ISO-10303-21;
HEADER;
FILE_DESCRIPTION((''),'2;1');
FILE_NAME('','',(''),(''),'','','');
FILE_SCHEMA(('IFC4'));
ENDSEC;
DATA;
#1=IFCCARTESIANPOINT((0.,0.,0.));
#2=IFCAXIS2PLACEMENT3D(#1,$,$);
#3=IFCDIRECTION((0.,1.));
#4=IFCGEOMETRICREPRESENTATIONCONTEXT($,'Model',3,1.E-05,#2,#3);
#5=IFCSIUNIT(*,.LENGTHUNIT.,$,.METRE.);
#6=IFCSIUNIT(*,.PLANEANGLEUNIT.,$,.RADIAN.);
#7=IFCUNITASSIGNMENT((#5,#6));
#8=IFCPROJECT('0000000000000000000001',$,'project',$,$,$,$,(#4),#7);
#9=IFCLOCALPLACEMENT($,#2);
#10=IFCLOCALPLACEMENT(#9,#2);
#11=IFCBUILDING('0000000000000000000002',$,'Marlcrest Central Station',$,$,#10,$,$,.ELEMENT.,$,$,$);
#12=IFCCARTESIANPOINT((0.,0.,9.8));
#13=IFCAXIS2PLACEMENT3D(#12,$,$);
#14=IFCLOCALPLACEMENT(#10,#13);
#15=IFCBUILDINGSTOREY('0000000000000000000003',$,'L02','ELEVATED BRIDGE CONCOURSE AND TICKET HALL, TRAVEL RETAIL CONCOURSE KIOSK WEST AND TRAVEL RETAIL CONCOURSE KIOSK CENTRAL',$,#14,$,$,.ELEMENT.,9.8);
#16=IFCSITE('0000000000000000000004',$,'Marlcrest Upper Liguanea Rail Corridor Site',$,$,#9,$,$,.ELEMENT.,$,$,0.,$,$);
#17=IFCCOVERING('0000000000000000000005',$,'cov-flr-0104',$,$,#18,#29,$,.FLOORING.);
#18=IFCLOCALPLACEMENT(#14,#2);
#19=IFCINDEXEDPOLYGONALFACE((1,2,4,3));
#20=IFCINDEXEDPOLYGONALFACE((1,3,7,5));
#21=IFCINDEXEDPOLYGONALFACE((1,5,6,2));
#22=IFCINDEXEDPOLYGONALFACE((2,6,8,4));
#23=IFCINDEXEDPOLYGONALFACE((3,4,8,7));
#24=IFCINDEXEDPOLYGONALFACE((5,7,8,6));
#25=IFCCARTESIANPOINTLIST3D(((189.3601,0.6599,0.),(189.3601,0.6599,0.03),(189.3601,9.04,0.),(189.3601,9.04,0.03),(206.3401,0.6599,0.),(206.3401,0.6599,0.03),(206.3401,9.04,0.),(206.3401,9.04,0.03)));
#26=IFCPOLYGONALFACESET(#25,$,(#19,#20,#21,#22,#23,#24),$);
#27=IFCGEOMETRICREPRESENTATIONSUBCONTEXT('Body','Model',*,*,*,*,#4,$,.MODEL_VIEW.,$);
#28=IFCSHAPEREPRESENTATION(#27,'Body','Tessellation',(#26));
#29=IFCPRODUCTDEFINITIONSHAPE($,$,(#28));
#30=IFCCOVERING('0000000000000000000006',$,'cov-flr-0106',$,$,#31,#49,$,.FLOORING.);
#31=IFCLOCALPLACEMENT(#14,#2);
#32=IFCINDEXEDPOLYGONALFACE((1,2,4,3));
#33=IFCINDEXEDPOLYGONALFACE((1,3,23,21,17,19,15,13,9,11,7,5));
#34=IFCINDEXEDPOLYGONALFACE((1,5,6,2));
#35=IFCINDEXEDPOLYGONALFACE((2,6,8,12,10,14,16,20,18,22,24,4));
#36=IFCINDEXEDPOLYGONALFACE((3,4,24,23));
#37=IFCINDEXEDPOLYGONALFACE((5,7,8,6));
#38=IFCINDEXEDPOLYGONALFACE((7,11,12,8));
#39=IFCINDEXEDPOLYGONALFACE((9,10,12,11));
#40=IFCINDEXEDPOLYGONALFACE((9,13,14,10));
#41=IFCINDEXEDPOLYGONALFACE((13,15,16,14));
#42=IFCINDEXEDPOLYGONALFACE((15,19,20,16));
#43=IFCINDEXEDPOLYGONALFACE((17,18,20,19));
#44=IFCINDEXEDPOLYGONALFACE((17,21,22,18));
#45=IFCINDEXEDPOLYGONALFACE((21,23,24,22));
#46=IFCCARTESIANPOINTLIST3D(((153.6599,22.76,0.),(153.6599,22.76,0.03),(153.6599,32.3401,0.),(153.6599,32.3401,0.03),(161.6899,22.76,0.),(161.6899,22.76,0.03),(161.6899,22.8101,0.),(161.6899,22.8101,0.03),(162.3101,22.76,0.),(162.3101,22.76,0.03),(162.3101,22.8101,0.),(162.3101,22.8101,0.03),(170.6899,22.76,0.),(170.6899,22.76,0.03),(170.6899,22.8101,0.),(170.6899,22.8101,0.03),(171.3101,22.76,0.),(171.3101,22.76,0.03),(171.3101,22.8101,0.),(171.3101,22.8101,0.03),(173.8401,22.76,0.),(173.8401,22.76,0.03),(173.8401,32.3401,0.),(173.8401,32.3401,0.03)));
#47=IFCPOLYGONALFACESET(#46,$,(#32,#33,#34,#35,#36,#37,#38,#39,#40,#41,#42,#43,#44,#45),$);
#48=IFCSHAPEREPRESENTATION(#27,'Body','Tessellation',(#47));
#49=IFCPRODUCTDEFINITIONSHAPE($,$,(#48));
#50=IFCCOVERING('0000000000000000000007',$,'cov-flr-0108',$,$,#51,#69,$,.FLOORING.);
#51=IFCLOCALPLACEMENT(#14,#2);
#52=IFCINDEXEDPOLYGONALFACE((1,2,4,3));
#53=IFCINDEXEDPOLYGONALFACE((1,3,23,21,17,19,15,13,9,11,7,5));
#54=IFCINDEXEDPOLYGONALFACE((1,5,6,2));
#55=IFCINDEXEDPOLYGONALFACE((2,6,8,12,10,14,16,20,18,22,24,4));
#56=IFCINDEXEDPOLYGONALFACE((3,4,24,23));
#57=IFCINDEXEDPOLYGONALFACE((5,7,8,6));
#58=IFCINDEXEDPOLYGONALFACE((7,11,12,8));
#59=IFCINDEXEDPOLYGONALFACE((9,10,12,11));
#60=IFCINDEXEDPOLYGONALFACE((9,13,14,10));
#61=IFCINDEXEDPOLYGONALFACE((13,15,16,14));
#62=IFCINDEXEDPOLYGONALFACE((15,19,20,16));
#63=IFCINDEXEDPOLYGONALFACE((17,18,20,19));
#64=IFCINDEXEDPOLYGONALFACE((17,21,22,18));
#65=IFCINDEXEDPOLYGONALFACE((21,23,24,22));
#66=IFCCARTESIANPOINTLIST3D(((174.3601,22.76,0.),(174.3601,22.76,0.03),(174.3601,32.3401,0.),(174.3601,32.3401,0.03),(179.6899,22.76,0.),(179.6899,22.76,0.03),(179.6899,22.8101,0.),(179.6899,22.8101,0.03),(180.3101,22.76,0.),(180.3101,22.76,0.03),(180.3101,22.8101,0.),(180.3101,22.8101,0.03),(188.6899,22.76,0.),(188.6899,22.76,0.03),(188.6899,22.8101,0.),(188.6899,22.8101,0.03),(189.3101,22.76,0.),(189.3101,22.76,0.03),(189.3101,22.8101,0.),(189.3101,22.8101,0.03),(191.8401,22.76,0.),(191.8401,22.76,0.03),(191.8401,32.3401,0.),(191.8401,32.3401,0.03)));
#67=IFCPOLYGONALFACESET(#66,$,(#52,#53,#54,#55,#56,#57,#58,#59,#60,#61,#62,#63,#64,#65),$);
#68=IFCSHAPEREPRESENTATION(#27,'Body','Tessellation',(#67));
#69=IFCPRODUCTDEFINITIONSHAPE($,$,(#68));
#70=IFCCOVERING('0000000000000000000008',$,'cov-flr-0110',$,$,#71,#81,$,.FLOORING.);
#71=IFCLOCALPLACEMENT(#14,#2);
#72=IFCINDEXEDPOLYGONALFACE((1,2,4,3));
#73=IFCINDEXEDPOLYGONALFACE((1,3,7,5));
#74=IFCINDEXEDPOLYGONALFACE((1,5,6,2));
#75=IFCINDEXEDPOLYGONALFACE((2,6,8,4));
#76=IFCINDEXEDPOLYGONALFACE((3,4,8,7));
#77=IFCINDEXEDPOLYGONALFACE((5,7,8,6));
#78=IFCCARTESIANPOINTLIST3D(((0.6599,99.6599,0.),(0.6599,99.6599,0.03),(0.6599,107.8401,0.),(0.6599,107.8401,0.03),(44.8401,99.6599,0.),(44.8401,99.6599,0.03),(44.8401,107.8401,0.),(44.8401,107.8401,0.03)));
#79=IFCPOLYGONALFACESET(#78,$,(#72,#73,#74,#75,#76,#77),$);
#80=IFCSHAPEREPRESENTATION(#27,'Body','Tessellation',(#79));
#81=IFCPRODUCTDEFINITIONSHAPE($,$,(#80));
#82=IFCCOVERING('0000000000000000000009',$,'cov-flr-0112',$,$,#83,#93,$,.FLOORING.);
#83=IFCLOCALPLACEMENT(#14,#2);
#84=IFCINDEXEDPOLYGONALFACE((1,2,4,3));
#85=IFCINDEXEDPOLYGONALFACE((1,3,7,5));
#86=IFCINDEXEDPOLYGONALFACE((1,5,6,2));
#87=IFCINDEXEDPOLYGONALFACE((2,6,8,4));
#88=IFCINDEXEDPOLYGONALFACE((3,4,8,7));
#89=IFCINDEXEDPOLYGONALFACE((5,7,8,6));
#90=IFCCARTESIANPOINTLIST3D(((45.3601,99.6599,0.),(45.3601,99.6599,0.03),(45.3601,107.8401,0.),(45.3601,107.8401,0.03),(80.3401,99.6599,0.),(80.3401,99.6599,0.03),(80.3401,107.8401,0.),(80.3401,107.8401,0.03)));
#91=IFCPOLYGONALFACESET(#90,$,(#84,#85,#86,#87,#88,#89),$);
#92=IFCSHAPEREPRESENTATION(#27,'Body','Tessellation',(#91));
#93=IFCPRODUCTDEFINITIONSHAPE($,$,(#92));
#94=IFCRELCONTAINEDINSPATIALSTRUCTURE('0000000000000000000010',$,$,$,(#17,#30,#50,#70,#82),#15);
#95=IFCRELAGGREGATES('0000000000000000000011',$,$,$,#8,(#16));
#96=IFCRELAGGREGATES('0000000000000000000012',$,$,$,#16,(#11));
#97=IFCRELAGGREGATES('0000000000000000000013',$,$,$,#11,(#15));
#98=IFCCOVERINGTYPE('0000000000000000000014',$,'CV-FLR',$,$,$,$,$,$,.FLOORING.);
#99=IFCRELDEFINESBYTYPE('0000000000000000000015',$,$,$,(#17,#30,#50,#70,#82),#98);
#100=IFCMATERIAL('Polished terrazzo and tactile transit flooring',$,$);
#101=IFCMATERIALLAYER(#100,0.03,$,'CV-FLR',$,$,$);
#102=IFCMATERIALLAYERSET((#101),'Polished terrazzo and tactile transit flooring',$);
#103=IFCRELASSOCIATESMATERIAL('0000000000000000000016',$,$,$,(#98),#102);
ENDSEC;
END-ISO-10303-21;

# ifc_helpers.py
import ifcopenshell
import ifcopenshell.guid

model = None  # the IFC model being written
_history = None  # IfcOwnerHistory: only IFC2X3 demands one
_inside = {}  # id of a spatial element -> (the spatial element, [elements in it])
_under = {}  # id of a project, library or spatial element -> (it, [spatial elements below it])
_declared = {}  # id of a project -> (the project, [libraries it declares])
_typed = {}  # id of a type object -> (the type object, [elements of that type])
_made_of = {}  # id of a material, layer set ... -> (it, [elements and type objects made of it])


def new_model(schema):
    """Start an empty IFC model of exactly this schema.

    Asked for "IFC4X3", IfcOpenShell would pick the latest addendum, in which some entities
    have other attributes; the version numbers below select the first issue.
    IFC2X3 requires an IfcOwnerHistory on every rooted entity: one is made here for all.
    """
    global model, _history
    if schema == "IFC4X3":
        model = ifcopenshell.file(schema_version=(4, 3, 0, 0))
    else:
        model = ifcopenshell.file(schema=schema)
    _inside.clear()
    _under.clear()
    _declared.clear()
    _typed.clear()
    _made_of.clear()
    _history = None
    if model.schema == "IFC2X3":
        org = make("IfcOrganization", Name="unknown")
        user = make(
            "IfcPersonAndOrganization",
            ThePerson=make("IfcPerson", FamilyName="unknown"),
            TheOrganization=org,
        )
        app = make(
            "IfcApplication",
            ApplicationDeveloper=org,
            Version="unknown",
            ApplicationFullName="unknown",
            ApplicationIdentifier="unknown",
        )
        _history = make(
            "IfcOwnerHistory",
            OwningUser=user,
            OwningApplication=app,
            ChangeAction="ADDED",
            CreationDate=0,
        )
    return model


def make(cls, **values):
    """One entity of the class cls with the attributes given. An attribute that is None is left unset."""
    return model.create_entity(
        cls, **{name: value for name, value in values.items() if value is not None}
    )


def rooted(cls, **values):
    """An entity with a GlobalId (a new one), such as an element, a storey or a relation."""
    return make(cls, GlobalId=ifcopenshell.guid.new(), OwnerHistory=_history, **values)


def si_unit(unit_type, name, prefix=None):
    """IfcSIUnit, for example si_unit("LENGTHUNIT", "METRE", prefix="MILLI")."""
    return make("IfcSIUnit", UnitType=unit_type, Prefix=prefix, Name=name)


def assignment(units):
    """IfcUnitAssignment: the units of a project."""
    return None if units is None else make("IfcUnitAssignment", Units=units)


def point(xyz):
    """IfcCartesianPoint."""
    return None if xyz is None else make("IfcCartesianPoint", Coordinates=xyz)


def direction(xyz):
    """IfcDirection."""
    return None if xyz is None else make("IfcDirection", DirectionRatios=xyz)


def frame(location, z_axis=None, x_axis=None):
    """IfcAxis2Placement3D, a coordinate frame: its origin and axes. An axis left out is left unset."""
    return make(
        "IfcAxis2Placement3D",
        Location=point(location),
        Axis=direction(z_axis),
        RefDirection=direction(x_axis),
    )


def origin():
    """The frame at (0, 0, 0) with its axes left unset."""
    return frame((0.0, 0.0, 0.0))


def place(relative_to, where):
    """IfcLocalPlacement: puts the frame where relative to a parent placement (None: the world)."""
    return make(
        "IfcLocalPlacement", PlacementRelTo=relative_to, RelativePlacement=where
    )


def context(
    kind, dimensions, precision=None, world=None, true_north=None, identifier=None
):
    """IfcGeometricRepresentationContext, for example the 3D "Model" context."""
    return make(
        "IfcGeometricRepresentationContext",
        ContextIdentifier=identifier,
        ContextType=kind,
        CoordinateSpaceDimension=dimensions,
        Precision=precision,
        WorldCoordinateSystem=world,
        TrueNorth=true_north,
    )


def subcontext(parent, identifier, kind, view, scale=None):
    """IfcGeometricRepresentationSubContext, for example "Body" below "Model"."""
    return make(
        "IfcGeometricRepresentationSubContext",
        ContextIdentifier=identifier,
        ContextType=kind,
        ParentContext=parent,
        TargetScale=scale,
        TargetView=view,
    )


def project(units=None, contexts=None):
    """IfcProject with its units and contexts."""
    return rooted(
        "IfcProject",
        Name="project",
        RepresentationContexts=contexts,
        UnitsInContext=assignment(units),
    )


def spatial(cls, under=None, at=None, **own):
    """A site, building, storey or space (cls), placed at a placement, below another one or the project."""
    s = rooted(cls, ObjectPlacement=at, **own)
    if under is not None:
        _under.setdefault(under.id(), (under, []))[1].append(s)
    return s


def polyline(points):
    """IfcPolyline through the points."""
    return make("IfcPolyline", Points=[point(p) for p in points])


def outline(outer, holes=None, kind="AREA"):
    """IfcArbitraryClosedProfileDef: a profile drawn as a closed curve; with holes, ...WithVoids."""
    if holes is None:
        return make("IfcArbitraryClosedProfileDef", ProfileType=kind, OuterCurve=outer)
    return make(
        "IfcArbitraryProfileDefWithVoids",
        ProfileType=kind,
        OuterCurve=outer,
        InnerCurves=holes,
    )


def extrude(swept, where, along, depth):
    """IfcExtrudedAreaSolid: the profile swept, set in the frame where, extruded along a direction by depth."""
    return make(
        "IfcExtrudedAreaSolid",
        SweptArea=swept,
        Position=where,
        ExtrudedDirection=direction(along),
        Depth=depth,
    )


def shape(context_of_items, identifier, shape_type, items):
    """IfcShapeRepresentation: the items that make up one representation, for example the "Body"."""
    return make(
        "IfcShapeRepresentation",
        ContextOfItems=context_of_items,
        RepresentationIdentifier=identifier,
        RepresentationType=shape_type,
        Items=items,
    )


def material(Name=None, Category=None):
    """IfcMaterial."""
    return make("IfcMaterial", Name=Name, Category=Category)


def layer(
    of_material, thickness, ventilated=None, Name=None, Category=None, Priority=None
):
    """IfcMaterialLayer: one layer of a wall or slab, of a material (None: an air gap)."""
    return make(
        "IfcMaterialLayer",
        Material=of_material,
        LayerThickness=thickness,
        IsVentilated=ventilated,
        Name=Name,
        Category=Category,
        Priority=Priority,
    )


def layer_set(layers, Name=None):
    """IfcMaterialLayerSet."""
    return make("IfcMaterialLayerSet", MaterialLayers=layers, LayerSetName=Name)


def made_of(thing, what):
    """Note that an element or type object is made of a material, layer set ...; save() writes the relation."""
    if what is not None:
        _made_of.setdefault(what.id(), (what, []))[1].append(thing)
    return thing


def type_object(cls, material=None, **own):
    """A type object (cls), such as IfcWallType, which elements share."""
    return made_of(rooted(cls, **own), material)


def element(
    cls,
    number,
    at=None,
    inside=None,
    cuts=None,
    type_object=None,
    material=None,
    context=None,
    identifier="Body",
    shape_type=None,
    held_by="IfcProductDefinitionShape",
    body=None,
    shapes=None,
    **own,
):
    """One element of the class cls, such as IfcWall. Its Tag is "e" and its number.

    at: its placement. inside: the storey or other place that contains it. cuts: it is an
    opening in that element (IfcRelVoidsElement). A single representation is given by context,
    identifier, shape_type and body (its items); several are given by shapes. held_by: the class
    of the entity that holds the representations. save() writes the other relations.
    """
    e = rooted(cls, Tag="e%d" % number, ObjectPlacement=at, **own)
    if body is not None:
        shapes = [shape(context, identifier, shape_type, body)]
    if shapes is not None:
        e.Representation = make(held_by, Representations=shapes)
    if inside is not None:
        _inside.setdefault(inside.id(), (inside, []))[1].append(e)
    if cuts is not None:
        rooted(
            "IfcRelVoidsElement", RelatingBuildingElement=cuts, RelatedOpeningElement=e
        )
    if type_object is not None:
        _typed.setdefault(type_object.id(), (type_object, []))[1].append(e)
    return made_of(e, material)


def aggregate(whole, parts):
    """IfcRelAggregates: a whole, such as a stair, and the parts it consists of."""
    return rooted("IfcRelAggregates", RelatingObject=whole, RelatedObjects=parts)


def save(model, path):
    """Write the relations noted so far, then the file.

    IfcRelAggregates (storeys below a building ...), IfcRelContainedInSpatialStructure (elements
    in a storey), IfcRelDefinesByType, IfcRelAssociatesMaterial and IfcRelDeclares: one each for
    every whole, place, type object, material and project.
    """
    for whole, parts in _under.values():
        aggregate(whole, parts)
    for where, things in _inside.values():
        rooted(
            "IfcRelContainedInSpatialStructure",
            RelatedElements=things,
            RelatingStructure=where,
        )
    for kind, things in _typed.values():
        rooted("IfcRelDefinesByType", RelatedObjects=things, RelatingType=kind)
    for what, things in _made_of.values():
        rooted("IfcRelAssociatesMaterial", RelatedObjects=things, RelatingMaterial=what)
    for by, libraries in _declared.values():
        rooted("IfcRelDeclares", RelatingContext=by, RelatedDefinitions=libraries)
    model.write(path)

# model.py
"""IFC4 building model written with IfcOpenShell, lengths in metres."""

from ifc_helpers import new_model, si_unit, direction, frame, origin, place, context, subcontext, project, spatial, polyline, outline, extrude, material, layer, layer_set, type_object, element, save


model = new_model("IFC4")

# Units and contexts
model_context = context("Model", 3, precision=1e-05, world=origin(), true_north=direction((0.0, 1.0)))
body_context = subcontext(model_context, "Body", "Model", "MODEL_VIEW")
ifc_project = project(units=[si_unit("LENGTHUNIT", "METRE"), si_unit("PLANEANGLEUNIT", "RADIAN")], contexts=[model_context])

# Site, building, storey
site_placement = place(None, origin())
site = spatial("IfcSite", under=ifc_project, at=site_placement, Name="Marlcrest Upper Liguanea Rail Corridor Site", CompositionType="ELEMENT", RefElevation=0.0)
building_placement = place(site_placement, origin())
building = spatial("IfcBuilding", under=site, at=building_placement, Name="Marlcrest Central Station", CompositionType="ELEMENT")
storey_placement = place(building_placement, frame((0.0, 0.0, 9.8)))
storey = spatial("IfcBuildingStorey", under=building, at=storey_placement, Name="L02", Description="ELEVATED BRIDGE CONCOURSE AND TICKET HALL, TRAVEL RETAIL CONCOURSE KIOSK WEST AND TRAVEL RETAIL CONCOURSE KIOSK CENTRAL", CompositionType="ELEMENT", Elevation=9.8)

# Coverings
ifc_material_1 = material(Name="Polished terrazzo and tactile transit flooring")
ifc_layer_1 = layer(ifc_material_1, 0.03, Name="CV-FLR")
ifc_layer_set_1 = layer_set([ifc_layer_1], Name="Polished terrazzo and tactile transit flooring")
covering_type_1 = type_object("IfcCoveringType", Name="CV-FLR", PredefinedType="FLOORING", material=ifc_layer_set_1)
covering_1_placement = place(storey_placement, origin())
element("IfcCovering", 1, at=covering_1_placement, inside=storey, type_object=covering_type_1, Name="cov-flr-0104", PredefinedType="FLOORING", context=body_context, shape_type="SweptSolid", body=[
    extrude(outline(polyline([(206.3401, 0.6599), (206.3401, 9.04), (189.3601, 9.04), (189.3601, 0.6599), (206.3401, 0.6599)])), origin(), (0.0, 0.0, 1.0), 0.03),
])
covering_2_placement = place(storey_placement, origin())
element("IfcCovering", 2, at=covering_2_placement, inside=storey, type_object=covering_type_1, Name="cov-flr-0106", PredefinedType="FLOORING", context=body_context, shape_type="SweptSolid", body=[
    extrude(outline(polyline([(153.6599, 32.3401), (173.8401, 32.3401), (173.8401, 22.76), (171.3101, 22.76), (171.3101, 22.8101), (170.6899, 22.8101), (170.6899, 22.76), (162.3101, 22.76), (162.3101, 22.8101), (161.6899, 22.8101), (161.6899, 22.76), (153.6599, 22.76), (153.6599, 32.3401)])), origin(), (0.0, 0.0, 1.0), 0.03),
])
covering_3_placement = place(storey_placement, origin())
element("IfcCovering", 3, at=covering_3_placement, inside=storey, type_object=covering_type_1, Name="cov-flr-0108", PredefinedType="FLOORING", context=body_context, shape_type="SweptSolid", body=[
    extrude(outline(polyline([(174.3601, 32.3401), (191.8401, 32.3401), (191.8401, 22.76), (189.3101, 22.76), (189.3101, 22.8101), (188.6899, 22.8101), (188.6899, 22.76), (180.3101, 22.76), (180.3101, 22.8101), (179.6899, 22.8101), (179.6899, 22.76), (174.3601, 22.76), (174.3601, 32.3401)])), origin(), (0.0, 0.0, 1.0), 0.03),
])
covering_4_placement = place(storey_placement, origin())
element("IfcCovering", 4, at=covering_4_placement, inside=storey, type_object=covering_type_1, Name="cov-flr-0110", PredefinedType="FLOORING", context=body_context, shape_type="SweptSolid", body=[
    extrude(outline(polyline([(44.8401, 99.6599), (44.8401, 107.8401), (0.6599, 107.8401), (0.6599, 99.6599), (44.8401, 99.6599)])), origin(), (0.0, 0.0, 1.0), 0.03),
])
covering_5_placement = place(storey_placement, origin())
element("IfcCovering", 5, at=covering_5_placement, inside=storey, type_object=covering_type_1, Name="cov-flr-0112", PredefinedType="FLOORING", context=body_context, shape_type="SweptSolid", body=[
    extrude(outline(polyline([(80.3401, 99.6599), (80.3401, 107.8401), (45.3601, 107.8401), (45.3601, 99.6599), (80.3401, 99.6599)])), origin(), (0.0, 0.0, 1.0), 0.03),
])

save(model, "model.ifc")
